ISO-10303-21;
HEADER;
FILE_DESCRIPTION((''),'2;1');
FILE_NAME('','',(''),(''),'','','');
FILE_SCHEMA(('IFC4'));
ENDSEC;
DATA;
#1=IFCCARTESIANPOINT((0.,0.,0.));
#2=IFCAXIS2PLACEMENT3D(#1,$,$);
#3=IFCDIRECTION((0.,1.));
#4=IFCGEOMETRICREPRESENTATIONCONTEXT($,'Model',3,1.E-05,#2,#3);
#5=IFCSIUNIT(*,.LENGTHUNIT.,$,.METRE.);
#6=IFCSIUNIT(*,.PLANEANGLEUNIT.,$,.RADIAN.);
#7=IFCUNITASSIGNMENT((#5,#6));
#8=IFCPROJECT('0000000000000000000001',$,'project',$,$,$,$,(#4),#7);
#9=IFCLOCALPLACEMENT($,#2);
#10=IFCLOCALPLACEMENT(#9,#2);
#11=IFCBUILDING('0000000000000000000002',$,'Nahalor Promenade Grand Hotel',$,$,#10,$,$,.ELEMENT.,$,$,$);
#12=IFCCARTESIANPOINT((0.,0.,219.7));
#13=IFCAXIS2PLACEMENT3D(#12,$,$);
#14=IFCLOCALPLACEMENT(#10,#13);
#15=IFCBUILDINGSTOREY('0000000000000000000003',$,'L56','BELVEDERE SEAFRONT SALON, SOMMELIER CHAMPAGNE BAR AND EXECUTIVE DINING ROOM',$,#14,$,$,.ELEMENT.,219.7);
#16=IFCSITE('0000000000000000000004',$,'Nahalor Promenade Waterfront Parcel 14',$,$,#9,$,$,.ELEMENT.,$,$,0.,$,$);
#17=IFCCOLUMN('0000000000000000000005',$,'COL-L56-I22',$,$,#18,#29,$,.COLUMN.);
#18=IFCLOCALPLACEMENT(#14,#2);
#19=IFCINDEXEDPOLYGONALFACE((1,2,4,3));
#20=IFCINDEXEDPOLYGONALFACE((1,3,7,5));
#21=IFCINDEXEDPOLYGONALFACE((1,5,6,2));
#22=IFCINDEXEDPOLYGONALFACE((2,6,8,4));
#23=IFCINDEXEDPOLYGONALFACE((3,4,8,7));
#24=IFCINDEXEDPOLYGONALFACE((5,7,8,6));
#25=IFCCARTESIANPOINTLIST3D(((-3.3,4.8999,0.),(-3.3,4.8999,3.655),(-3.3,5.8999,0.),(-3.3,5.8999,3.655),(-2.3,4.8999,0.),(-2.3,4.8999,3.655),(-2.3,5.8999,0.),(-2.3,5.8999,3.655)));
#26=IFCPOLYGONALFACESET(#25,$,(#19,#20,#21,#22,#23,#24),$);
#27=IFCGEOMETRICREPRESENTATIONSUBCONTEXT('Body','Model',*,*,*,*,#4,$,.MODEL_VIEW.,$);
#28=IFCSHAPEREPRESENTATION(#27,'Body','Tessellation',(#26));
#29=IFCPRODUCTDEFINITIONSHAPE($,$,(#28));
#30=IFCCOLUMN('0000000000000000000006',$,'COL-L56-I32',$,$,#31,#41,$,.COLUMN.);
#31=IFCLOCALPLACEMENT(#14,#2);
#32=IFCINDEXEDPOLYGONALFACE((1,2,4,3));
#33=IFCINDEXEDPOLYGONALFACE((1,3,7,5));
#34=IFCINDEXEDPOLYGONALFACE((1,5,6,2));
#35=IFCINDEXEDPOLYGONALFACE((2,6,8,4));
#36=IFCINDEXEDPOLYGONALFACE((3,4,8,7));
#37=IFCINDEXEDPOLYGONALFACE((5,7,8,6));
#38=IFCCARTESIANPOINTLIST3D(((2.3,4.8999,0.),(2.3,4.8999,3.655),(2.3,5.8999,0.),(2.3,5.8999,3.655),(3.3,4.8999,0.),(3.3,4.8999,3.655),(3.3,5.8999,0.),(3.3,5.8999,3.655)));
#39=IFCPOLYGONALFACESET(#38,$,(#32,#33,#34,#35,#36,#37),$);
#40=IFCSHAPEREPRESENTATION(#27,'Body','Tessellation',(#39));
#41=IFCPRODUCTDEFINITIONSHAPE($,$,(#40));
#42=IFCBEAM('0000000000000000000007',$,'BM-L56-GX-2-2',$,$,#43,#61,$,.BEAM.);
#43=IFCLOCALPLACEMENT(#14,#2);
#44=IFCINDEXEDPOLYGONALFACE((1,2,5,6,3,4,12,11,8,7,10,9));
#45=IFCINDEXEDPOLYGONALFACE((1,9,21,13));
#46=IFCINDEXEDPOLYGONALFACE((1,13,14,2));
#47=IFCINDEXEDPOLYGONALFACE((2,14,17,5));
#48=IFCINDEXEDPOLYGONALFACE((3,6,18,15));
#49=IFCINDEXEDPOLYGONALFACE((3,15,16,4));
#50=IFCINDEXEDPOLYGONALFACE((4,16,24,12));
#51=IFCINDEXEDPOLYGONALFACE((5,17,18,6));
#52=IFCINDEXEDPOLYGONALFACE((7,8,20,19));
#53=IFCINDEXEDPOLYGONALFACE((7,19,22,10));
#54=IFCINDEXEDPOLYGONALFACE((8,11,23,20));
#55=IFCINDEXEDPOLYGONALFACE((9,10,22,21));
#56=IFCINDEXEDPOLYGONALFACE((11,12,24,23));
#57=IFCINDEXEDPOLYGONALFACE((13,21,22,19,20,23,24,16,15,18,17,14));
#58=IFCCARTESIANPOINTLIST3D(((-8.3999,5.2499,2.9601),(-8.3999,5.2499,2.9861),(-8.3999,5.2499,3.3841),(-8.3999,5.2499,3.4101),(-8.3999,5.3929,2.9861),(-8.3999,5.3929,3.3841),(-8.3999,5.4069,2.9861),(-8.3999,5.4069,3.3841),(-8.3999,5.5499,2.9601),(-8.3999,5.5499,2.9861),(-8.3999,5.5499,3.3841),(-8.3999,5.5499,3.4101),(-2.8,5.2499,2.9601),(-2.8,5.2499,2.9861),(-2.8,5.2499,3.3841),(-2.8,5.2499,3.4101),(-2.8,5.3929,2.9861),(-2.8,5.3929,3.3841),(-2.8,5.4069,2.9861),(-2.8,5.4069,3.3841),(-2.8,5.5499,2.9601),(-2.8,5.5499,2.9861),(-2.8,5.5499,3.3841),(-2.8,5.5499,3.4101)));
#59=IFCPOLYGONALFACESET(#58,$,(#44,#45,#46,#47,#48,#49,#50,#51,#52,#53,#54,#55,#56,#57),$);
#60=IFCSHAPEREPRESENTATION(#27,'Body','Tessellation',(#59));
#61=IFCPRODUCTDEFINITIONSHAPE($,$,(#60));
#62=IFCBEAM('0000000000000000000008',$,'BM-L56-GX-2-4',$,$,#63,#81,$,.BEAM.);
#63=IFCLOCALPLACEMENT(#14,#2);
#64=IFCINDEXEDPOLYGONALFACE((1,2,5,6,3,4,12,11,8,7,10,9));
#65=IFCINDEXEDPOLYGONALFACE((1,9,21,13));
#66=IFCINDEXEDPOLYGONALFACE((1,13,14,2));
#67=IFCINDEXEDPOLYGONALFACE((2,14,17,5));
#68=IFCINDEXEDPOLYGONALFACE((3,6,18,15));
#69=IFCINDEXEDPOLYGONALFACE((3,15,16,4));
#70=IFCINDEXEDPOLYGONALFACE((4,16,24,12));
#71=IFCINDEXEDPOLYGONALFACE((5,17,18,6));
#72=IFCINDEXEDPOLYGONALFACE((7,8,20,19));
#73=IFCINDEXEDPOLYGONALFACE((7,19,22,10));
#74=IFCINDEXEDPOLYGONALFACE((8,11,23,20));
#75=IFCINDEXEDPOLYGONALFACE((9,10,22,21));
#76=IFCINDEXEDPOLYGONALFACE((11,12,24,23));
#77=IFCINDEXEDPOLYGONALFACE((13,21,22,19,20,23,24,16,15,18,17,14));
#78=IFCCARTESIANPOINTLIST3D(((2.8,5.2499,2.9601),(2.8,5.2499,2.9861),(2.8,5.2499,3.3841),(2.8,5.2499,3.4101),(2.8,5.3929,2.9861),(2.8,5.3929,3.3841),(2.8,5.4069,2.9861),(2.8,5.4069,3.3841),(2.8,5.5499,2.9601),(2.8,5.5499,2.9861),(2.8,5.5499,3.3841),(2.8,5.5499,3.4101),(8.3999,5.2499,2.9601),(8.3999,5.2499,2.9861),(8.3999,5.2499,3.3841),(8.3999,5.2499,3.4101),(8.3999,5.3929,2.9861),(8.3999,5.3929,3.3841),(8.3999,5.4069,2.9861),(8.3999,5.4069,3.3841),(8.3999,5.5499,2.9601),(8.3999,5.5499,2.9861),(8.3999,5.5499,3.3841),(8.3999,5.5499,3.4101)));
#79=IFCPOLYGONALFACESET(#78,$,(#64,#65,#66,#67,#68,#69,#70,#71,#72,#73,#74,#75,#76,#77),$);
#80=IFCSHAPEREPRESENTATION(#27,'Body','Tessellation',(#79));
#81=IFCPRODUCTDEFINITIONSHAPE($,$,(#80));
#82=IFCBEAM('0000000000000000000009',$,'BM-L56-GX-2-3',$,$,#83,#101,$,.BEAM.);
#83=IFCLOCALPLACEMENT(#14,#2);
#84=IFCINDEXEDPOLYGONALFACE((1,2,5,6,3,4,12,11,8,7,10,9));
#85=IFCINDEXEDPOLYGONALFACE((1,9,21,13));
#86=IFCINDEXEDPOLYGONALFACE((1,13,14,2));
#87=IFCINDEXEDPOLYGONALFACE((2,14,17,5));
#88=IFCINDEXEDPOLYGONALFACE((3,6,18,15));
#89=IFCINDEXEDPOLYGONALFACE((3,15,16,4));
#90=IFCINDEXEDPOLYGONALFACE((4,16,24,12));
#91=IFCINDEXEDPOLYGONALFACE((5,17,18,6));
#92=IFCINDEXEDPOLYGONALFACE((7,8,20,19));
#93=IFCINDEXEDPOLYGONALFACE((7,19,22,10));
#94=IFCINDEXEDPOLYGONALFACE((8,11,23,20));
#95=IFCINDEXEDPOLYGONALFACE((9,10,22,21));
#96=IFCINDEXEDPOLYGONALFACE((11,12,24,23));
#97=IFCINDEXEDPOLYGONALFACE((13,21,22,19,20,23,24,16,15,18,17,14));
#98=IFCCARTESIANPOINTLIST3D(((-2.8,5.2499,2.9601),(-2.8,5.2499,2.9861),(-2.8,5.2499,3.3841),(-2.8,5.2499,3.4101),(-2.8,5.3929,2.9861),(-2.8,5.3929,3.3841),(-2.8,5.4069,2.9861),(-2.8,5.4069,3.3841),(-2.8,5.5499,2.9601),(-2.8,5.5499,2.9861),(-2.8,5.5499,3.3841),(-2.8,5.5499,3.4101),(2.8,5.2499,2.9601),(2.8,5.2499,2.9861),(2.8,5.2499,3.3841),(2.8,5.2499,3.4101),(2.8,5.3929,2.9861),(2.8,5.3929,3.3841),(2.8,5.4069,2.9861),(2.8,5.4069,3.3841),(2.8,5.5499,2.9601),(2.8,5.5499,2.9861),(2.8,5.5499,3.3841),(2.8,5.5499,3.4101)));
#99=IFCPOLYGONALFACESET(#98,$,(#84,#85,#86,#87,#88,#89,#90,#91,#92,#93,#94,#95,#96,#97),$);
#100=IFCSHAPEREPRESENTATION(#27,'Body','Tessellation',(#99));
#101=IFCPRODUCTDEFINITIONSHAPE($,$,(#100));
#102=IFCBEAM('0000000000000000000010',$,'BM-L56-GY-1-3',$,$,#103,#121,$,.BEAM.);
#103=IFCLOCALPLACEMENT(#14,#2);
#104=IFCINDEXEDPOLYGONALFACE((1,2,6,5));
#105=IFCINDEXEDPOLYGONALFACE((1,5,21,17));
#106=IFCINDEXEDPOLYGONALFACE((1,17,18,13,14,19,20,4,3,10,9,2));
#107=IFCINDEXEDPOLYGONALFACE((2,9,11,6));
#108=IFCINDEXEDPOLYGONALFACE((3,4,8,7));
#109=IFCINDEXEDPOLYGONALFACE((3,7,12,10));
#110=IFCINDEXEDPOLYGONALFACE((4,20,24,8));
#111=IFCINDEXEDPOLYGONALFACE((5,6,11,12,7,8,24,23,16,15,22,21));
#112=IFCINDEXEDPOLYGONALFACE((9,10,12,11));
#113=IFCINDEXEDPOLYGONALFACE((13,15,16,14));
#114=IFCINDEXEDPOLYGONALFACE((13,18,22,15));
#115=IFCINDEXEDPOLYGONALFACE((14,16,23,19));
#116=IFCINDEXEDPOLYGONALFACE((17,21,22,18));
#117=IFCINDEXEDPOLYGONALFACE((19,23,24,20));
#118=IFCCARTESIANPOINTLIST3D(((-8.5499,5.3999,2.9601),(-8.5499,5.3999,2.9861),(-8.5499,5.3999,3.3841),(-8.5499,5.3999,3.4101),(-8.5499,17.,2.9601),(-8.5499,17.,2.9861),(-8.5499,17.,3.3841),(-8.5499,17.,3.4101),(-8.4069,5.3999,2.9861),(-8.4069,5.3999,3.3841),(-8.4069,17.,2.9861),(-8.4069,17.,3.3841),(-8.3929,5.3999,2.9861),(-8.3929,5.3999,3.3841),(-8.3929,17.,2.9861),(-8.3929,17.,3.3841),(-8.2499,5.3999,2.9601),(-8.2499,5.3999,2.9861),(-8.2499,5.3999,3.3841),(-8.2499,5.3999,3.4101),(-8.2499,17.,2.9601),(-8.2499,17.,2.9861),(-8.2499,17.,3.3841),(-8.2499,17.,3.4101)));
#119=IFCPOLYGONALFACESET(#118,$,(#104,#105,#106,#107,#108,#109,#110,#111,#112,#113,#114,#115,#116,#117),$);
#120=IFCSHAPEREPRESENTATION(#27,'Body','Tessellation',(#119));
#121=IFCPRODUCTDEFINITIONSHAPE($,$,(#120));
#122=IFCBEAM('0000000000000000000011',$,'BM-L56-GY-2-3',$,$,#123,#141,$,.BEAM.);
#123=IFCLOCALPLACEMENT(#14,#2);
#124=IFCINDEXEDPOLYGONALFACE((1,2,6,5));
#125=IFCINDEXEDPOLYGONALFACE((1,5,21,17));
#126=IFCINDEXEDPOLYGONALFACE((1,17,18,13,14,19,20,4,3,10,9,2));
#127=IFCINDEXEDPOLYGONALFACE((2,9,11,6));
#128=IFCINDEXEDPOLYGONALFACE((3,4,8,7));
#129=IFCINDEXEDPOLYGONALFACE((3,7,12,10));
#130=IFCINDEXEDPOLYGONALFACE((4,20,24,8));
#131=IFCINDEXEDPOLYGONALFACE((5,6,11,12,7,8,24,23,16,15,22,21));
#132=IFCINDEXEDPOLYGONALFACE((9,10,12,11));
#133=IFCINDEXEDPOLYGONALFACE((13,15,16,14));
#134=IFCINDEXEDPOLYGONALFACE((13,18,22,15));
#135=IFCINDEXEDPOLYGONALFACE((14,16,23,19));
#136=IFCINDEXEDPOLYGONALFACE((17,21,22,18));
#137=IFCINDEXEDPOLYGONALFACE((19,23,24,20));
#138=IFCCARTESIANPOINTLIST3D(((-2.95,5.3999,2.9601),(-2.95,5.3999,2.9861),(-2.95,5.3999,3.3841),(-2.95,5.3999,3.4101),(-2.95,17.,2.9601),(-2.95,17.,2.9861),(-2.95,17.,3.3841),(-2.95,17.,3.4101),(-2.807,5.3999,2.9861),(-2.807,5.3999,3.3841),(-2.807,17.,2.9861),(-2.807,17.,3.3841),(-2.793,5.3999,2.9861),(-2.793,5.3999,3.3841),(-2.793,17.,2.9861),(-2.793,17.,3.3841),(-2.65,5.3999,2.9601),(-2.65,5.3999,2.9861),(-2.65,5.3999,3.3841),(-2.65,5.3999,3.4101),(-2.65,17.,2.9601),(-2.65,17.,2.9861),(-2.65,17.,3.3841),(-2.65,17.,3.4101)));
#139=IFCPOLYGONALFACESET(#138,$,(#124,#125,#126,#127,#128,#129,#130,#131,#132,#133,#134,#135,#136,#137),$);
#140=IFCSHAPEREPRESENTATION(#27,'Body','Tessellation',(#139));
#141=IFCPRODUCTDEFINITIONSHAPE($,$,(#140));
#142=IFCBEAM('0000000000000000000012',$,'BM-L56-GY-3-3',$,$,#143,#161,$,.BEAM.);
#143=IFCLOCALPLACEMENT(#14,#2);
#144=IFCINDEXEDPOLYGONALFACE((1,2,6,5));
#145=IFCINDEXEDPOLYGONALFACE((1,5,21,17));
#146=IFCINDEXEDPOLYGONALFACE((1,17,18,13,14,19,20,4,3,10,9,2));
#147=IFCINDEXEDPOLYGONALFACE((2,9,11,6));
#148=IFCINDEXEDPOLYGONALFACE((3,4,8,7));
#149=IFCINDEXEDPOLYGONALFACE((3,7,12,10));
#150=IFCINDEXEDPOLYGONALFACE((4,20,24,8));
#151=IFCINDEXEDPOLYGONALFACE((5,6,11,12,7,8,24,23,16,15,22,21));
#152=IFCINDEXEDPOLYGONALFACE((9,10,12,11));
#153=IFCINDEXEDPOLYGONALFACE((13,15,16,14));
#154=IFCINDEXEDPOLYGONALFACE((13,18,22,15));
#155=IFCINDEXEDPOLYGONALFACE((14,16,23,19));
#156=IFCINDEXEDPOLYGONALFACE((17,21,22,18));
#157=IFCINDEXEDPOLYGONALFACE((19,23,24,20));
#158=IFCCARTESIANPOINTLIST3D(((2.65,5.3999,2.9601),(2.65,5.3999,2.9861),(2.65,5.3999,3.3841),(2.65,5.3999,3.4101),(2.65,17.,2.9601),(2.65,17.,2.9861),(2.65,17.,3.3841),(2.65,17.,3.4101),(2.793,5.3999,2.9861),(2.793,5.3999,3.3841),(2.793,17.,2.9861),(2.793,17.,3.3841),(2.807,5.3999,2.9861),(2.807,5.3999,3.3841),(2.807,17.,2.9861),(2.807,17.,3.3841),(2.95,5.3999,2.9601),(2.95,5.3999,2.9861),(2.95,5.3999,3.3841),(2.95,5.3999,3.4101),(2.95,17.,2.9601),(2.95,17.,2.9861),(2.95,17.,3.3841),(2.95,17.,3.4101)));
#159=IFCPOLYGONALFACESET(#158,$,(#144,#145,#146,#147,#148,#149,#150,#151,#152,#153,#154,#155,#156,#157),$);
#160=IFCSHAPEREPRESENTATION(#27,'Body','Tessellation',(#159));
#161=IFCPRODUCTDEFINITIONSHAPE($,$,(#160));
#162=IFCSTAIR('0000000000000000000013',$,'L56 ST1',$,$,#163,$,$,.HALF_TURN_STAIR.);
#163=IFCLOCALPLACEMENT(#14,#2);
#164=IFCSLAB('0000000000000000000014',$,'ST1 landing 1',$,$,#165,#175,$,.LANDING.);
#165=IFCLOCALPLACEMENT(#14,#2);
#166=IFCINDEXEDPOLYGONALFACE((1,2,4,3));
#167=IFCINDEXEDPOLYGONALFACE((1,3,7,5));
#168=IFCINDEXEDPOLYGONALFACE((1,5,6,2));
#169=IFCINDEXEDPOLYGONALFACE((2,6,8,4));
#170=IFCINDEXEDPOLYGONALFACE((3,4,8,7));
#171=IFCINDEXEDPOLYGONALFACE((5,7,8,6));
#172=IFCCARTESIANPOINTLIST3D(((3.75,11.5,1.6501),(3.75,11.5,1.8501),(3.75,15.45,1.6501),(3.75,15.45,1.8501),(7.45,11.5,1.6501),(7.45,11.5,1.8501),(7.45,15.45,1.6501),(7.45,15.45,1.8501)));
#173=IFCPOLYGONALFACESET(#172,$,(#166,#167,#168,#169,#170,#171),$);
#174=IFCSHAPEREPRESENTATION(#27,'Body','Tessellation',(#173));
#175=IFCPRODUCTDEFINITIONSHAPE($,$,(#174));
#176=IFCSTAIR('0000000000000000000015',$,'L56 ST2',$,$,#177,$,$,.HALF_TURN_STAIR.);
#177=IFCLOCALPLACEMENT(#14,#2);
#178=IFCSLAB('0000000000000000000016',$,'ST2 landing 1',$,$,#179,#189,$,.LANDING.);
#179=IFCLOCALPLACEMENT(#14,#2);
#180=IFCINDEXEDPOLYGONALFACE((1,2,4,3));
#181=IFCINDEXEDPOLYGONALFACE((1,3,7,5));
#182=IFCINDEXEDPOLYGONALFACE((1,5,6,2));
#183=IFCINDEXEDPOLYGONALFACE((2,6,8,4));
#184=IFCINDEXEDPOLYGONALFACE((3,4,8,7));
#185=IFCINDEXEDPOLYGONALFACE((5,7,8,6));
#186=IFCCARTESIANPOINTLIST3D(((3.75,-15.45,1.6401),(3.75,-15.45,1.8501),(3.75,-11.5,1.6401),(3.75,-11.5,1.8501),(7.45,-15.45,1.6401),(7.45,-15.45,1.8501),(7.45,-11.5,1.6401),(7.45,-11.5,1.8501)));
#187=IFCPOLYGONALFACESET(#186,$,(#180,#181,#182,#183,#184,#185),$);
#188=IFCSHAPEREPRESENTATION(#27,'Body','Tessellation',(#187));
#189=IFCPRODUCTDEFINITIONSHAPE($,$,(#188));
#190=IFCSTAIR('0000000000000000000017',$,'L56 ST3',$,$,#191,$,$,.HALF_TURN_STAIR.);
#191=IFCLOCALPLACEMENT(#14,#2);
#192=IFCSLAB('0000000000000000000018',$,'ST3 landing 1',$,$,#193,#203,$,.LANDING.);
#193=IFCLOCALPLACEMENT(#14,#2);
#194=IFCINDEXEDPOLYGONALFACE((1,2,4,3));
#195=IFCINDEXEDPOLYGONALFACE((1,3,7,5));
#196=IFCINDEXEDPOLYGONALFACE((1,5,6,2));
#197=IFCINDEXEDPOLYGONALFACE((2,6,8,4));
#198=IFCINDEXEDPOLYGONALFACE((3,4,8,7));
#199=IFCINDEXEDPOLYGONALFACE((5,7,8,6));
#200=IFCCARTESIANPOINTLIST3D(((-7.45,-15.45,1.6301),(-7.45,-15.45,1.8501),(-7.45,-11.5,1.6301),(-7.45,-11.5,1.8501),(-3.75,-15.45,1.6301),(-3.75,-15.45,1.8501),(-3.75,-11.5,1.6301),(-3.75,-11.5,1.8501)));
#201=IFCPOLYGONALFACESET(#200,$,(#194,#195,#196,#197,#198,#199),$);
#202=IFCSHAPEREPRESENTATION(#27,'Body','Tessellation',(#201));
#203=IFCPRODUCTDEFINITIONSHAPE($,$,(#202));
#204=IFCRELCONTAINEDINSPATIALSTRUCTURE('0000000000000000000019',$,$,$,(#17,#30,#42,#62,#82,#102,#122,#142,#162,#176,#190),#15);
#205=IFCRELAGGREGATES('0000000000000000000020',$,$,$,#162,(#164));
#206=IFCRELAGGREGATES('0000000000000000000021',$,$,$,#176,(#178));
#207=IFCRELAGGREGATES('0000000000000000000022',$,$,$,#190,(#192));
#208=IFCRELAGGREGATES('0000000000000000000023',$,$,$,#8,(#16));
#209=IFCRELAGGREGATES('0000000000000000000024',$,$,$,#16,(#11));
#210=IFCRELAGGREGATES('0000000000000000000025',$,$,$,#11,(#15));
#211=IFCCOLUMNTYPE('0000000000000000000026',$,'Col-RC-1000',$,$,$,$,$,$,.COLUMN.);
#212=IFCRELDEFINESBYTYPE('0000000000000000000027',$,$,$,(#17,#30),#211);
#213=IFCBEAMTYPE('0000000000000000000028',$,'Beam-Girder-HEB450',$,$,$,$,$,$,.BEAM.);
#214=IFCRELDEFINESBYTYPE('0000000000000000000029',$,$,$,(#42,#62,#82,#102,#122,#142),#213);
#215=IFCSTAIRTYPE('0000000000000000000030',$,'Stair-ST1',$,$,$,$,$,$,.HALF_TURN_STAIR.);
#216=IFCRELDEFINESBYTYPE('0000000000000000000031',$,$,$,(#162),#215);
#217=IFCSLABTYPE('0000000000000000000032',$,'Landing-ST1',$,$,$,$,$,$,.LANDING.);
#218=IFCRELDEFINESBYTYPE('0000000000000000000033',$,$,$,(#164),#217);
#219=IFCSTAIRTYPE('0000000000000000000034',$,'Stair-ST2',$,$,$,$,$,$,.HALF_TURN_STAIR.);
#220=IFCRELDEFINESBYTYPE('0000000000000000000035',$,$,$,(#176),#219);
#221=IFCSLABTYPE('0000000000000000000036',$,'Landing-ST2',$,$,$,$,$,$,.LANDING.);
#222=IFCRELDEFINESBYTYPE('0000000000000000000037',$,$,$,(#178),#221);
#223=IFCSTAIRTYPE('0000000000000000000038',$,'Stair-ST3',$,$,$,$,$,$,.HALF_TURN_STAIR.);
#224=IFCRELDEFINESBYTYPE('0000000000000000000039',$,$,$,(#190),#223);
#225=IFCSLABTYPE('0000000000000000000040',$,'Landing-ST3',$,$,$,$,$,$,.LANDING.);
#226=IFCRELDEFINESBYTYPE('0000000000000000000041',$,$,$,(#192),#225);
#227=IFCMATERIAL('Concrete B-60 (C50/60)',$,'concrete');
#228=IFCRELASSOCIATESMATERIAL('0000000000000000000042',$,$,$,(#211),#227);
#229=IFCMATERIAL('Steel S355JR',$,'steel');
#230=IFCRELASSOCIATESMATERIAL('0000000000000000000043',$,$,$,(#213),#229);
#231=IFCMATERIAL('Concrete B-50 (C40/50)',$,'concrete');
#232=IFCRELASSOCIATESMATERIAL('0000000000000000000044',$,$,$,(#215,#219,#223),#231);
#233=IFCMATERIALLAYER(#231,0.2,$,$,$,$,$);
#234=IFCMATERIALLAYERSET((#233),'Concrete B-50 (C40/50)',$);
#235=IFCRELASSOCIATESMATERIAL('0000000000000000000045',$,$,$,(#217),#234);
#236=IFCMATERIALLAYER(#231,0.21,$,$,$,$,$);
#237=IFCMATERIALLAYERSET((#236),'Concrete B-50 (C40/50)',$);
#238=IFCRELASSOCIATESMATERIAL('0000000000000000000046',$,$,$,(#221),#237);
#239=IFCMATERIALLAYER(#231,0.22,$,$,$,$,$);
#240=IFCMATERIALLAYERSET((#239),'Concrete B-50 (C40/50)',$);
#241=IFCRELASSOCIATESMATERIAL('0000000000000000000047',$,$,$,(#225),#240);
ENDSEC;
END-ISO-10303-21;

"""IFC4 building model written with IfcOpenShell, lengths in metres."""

from ifc_helpers import new_model, si_unit, direction, frame, origin, origin_2d, place, context, subcontext, project, spatial, polyline, rectangle, i_section, outline, extrude, source, transform, mapped, material, layer, layer_set, material_profile, profile_set, type_object, element, aggregate, save


model = new_model("IFC4")

# Units and contexts
model_context = context("Model", 3, precision=1e-05, world=origin(), true_north=direction((0.0, 1.0)))
body_context = subcontext(model_context, "Body", "Model", "MODEL_VIEW")
ifc_project = project(units=[si_unit("LENGTHUNIT", "METRE"), si_unit("PLANEANGLEUNIT", "RADIAN")], contexts=[model_context])

# Site, building, storey
site_placement = place(None, origin())
site = spatial("IfcSite", under=ifc_project, at=site_placement, Name="Nahalor Promenade Waterfront Parcel 14", CompositionType="ELEMENT", RefElevation=0.0)
building_placement = place(site_placement, origin())
building = spatial("IfcBuilding", under=site, at=building_placement, Name="Nahalor Promenade Grand Hotel", CompositionType="ELEMENT")
storey_placement = place(building_placement, frame((0.0, 0.0, 219.7)))
storey = spatial("IfcBuildingStorey", under=building, at=storey_placement, Name="L56", Description="BELVEDERE SEAFRONT SALON, SOMMELIER CHAMPAGNE BAR AND EXECUTIVE DINING ROOM", CompositionType="ELEMENT", Elevation=219.7)

# Columns
ifc_material_1 = material(Name="Concrete B-60 (C50/60)", Category="concrete")
ifc_material_profile_1 = material_profile(ifc_material_1, rectangle(XDim=1.0, YDim=1.0, at=origin_2d()), Name="RC 1000x1000")
ifc_profile_set_1 = profile_set([ifc_material_profile_1], Name="Concrete B-60 (C50/60)")
column_type = type_object("IfcColumnType", Name="Col-RC-1000", PredefinedType="COLUMN", material=ifc_profile_set_1)
shared_shape_1 = source(origin(), body_context, "Body", "SweptSolid", [
    extrude(rectangle(XDim=1.0, YDim=1.0, at=origin_2d()), origin(), (0.0, 0.0, 1.0), 3.655),
])
for number, where, z_axis, x_axis, name in (
    (1, (-2.8, 5.3999, 0.0), (0.0, 0.0, 1.0), (1.0, 0.0, 0.0), "COL-L56-I22"),
    (2, (2.8, 5.3999, 0.0), (0.0, 0.0, 1.0), (1.0, 0.0, 0.0), "COL-L56-I32"),
):
    element("IfcColumn", number, at=place(storey_placement, frame(where, z_axis=z_axis, x_axis=x_axis)), inside=storey, type_object=column_type, Name=name, PredefinedType="COLUMN", context=body_context, shape_type="MappedRepresentation", body=[
        mapped(shared_shape_1, transform((0.0, 0.0, 0.0), scale=1.0)),
    ])

# Beams
ifc_material_2 = material(Name="Steel S355JR", Category="steel")
ifc_material_profile_2 = material_profile(ifc_material_2, i_section(OverallWidth=0.3, OverallDepth=0.45, WebThickness=0.014, FlangeThickness=0.026, at=origin_2d()), Name="HEB 450")
ifc_profile_set_2 = profile_set([ifc_material_profile_2], Name="Steel S355JR")
beam_type = type_object("IfcBeamType", Name="Beam-Girder-HEB450", PredefinedType="BEAM", material=ifc_profile_set_2)
shared_shape_2 = source(origin(), body_context, "Body", "SweptSolid", [
    extrude(i_section(OverallWidth=0.3, OverallDepth=0.45, WebThickness=0.014, FlangeThickness=0.026, at=origin_2d()), origin(), (0.0, 0.0, 1.0), 5.5999),
])
for number, where, z_axis, x_axis, name in (
    (3, (-8.3999, 5.3999, 3.1851), (1.0, 0.0, 0.0), (0.0, 1.0, 0.0), "BM-L56-GX-2-2"),
    (4, (2.8, 5.3999, 3.1851), (1.0, 0.0, 0.0), (0.0, 1.0, 0.0), "BM-L56-GX-2-4"),
):
    element("IfcBeam", number, at=place(storey_placement, frame(where, z_axis=z_axis, x_axis=x_axis)), inside=storey, type_object=beam_type, Name=name, PredefinedType="BEAM", context=body_context, shape_type="MappedRepresentation", body=[
        mapped(shared_shape_2, transform((0.0, 0.0, 0.0), scale=1.0)),
    ])
shared_shape_3 = source(origin(), body_context, "Body", "SweptSolid", [
    extrude(i_section(OverallWidth=0.3, OverallDepth=0.45, WebThickness=0.014, FlangeThickness=0.026, at=origin_2d()), origin(), (0.0, 0.0, 1.0), 5.6001),
])
beam_placement = place(storey_placement, frame((-2.8, 5.3999, 3.1851), z_axis=(1.0, 0.0, 0.0), x_axis=(0.0, 1.0, 0.0)))
element("IfcBeam", 5, at=beam_placement, inside=storey, type_object=beam_type, Name="BM-L56-GX-2-3", PredefinedType="BEAM", context=body_context, shape_type="MappedRepresentation", body=[
    mapped(shared_shape_3, transform((0.0, 0.0, 0.0), scale=1.0)),
])
shared_shape_4 = source(origin(), body_context, "Body", "SweptSolid", [
    extrude(i_section(OverallWidth=0.3, OverallDepth=0.45, WebThickness=0.014, FlangeThickness=0.026, at=origin_2d()), origin(), (0.0, 0.0, 1.0), 11.6001),
])
for number, where, z_axis, x_axis, name in (
    (6, (-8.3999, 5.3999, 3.1851), (0.0, 1.0, 0.0), (-1.0, 0.0, 0.0), "BM-L56-GY-1-3"),
    (7, (-2.8, 5.3999, 3.1851), (0.0, 1.0, 0.0), (-1.0, 0.0, 0.0), "BM-L56-GY-2-3"),
    (8, (2.8, 5.3999, 3.1851), (0.0, 1.0, 0.0), (-1.0, 0.0, 0.0), "BM-L56-GY-3-3"),
):
    element("IfcBeam", number, at=place(storey_placement, frame(where, z_axis=z_axis, x_axis=x_axis)), inside=storey, type_object=beam_type, Name=name, PredefinedType="BEAM", context=body_context, shape_type="MappedRepresentation", body=[
        mapped(shared_shape_4, transform((0.0, 0.0, 0.0), scale=1.0)),
    ])

# Stairs, slabs
ifc_material_3 = material(Name="Concrete B-50 (C40/50)", Category="concrete")
stair_type_1 = type_object("IfcStairType", Name="Stair-ST1", PredefinedType="HALF_TURN_STAIR", material=ifc_material_3)
stair_1_placement = place(storey_placement, origin())
stair_1 = element("IfcStair", 9, at=stair_1_placement, inside=storey, type_object=stair_type_1, Name="L56 ST1", PredefinedType="HALF_TURN_STAIR")
ifc_layer_1 = layer(ifc_material_3, 0.2)
ifc_layer_set_1 = layer_set([ifc_layer_1], Name="Concrete B-50 (C40/50)")
slab_type_1 = type_object("IfcSlabType", Name="Landing-ST1", PredefinedType="LANDING", material=ifc_layer_set_1)
slab_1_placement = place(storey_placement, frame((0.0, 0.0, 1.6501)))
slab_1 = element("IfcSlab", 10, at=slab_1_placement, type_object=slab_type_1, Name="ST1 landing 1", PredefinedType="LANDING", context=body_context, shape_type="SweptSolid", body=[
    extrude(outline(polyline([(7.45, 11.5), (7.45, 15.45), (3.75, 15.45), (3.75, 11.5), (7.45, 11.5)])), origin(), (0.0, 0.0, 1.0), 0.2),
])
aggregate(stair_1, [slab_1])
stair_type_2 = type_object("IfcStairType", Name="Stair-ST2", PredefinedType="HALF_TURN_STAIR", material=ifc_material_3)
stair_2_placement = place(storey_placement, origin())
stair_2 = element("IfcStair", 11, at=stair_2_placement, inside=storey, type_object=stair_type_2, Name="L56 ST2", PredefinedType="HALF_TURN_STAIR")
ifc_layer_2 = layer(ifc_material_3, 0.21)
ifc_layer_set_2 = layer_set([ifc_layer_2], Name="Concrete B-50 (C40/50)")
slab_type_2 = type_object("IfcSlabType", Name="Landing-ST2", PredefinedType="LANDING", material=ifc_layer_set_2)
slab_2_placement = place(storey_placement, frame((0.0, 0.0, 1.6401)))
slab_2 = element("IfcSlab", 12, at=slab_2_placement, type_object=slab_type_2, Name="ST2 landing 1", PredefinedType="LANDING", context=body_context, shape_type="SweptSolid", body=[
    extrude(outline(polyline([(3.75, -11.5), (3.75, -15.45), (7.45, -15.45), (7.45, -11.5), (3.75, -11.5)])), origin(), (0.0, 0.0, 1.0), 0.21),
])
aggregate(stair_2, [slab_2])
stair_type_3 = type_object("IfcStairType", Name="Stair-ST3", PredefinedType="HALF_TURN_STAIR", material=ifc_material_3)
stair_3_placement = place(storey_placement, origin())
stair_3 = element("IfcStair", 13, at=stair_3_placement, inside=storey, type_object=stair_type_3, Name="L56 ST3", PredefinedType="HALF_TURN_STAIR")
ifc_layer_3 = layer(ifc_material_3, 0.22)
ifc_layer_set_3 = layer_set([ifc_layer_3], Name="Concrete B-50 (C40/50)")
slab_type_3 = type_object("IfcSlabType", Name="Landing-ST3", PredefinedType="LANDING", material=ifc_layer_set_3)
slab_3_placement = place(storey_placement, frame((0.0, 0.0, 1.6301)))
slab_3 = element("IfcSlab", 14, at=slab_3_placement, type_object=slab_type_3, Name="ST3 landing 1", PredefinedType="LANDING", context=body_context, shape_type="SweptSolid", body=[
    extrude(outline(polyline([(-7.45, -11.5), (-7.45, -15.45), (-3.75, -15.45), (-3.75, -11.5), (-7.45, -11.5)])), origin(), (0.0, 0.0, 1.0), 0.22),
])
aggregate(stair_3, [slab_3])

save(model, "model.ifc")
